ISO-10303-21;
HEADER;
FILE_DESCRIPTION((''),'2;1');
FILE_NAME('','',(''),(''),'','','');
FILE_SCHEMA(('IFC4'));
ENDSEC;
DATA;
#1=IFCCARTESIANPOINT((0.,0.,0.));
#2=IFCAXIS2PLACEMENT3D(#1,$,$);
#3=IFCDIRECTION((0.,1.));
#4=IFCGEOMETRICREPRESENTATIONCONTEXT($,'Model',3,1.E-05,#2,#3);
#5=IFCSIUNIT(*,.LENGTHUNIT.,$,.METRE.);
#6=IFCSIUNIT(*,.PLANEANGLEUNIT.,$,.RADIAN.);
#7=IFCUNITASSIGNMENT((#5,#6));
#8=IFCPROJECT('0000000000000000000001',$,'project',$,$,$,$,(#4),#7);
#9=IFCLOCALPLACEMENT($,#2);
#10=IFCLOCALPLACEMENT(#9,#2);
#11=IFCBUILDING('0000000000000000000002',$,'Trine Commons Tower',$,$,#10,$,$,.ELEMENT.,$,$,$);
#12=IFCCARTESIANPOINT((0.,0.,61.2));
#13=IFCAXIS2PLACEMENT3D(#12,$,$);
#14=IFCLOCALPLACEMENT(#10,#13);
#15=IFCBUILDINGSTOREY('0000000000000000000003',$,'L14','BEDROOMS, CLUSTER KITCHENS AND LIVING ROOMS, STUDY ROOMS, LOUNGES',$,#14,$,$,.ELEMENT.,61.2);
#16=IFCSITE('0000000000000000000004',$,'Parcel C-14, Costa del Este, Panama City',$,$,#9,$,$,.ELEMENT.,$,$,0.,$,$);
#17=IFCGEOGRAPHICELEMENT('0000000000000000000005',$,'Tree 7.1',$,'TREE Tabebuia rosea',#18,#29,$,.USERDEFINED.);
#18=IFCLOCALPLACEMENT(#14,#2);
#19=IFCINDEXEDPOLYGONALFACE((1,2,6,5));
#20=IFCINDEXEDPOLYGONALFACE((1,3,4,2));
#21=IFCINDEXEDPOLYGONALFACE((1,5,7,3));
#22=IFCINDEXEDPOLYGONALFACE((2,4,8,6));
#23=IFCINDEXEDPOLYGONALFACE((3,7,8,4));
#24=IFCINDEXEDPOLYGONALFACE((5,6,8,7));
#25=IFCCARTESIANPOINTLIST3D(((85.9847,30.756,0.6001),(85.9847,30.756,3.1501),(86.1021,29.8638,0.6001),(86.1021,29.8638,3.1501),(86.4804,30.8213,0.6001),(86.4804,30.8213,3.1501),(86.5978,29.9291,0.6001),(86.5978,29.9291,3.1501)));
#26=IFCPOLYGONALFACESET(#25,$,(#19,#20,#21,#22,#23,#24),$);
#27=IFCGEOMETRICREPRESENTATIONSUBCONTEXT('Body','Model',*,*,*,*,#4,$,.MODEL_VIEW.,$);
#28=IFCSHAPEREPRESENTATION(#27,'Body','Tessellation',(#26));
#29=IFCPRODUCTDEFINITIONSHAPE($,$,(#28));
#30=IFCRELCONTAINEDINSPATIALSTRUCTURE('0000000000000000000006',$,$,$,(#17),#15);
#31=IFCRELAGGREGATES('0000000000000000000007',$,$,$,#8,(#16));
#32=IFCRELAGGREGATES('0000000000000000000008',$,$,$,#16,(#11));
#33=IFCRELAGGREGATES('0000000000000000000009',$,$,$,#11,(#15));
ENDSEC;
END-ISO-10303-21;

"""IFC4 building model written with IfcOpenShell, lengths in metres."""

from ifc_helpers import new_model, si_unit, direction, frame, origin, origin_2d, place, context, subcontext, project, spatial, rectangle, extrude, element, save


model = new_model("IFC4")

# Units and contexts
model_context = context("Model", 3, precision=1e-05, world=origin(), true_north=direction((0.0, 1.0)))
body_context = subcontext(model_context, "Body", "Model", "MODEL_VIEW")
ifc_project = project(units=[si_unit("LENGTHUNIT", "METRE"), si_unit("PLANEANGLEUNIT", "RADIAN")], contexts=[model_context])

# Site, building, storey
site_placement = place(None, origin())
site = spatial("IfcSite", under=ifc_project, at=site_placement, Name="Parcel C-14, Costa del Este, Panama City", CompositionType="ELEMENT", RefElevation=0.0)
building_placement = place(site_placement, origin())
building = spatial("IfcBuilding", under=site, at=building_placement, Name="Trine Commons Tower", CompositionType="ELEMENT")
storey_placement = place(building_placement, frame((0.0, 0.0, 61.2)))
storey = spatial("IfcBuildingStorey", under=building, at=storey_placement, Name="L14", Description="BEDROOMS, CLUSTER KITCHENS AND LIVING ROOMS, STUDY ROOMS, LOUNGES", CompositionType="ELEMENT", Elevation=61.2)

# Geographic element
geographic_element_placement = place(storey_placement, frame((86.2913, 30.3425, 0.6001), z_axis=(0.0, 0.0, 1.0), x_axis=(-0.130518, 0.991446, 0.0)))
element("IfcGeographicElement", 1, at=geographic_element_placement, inside=storey, Name="Tree 7.1", ObjectType="TREE Tabebuia rosea", PredefinedType="USERDEFINED", context=body_context, shape_type="SweptSolid", body=[
    extrude(rectangle(XDim=0.8999, YDim=0.5, at=origin_2d()), origin(), (0.0, 0.0, 1.0), 2.55),
])

save(model, "model.ifc")
